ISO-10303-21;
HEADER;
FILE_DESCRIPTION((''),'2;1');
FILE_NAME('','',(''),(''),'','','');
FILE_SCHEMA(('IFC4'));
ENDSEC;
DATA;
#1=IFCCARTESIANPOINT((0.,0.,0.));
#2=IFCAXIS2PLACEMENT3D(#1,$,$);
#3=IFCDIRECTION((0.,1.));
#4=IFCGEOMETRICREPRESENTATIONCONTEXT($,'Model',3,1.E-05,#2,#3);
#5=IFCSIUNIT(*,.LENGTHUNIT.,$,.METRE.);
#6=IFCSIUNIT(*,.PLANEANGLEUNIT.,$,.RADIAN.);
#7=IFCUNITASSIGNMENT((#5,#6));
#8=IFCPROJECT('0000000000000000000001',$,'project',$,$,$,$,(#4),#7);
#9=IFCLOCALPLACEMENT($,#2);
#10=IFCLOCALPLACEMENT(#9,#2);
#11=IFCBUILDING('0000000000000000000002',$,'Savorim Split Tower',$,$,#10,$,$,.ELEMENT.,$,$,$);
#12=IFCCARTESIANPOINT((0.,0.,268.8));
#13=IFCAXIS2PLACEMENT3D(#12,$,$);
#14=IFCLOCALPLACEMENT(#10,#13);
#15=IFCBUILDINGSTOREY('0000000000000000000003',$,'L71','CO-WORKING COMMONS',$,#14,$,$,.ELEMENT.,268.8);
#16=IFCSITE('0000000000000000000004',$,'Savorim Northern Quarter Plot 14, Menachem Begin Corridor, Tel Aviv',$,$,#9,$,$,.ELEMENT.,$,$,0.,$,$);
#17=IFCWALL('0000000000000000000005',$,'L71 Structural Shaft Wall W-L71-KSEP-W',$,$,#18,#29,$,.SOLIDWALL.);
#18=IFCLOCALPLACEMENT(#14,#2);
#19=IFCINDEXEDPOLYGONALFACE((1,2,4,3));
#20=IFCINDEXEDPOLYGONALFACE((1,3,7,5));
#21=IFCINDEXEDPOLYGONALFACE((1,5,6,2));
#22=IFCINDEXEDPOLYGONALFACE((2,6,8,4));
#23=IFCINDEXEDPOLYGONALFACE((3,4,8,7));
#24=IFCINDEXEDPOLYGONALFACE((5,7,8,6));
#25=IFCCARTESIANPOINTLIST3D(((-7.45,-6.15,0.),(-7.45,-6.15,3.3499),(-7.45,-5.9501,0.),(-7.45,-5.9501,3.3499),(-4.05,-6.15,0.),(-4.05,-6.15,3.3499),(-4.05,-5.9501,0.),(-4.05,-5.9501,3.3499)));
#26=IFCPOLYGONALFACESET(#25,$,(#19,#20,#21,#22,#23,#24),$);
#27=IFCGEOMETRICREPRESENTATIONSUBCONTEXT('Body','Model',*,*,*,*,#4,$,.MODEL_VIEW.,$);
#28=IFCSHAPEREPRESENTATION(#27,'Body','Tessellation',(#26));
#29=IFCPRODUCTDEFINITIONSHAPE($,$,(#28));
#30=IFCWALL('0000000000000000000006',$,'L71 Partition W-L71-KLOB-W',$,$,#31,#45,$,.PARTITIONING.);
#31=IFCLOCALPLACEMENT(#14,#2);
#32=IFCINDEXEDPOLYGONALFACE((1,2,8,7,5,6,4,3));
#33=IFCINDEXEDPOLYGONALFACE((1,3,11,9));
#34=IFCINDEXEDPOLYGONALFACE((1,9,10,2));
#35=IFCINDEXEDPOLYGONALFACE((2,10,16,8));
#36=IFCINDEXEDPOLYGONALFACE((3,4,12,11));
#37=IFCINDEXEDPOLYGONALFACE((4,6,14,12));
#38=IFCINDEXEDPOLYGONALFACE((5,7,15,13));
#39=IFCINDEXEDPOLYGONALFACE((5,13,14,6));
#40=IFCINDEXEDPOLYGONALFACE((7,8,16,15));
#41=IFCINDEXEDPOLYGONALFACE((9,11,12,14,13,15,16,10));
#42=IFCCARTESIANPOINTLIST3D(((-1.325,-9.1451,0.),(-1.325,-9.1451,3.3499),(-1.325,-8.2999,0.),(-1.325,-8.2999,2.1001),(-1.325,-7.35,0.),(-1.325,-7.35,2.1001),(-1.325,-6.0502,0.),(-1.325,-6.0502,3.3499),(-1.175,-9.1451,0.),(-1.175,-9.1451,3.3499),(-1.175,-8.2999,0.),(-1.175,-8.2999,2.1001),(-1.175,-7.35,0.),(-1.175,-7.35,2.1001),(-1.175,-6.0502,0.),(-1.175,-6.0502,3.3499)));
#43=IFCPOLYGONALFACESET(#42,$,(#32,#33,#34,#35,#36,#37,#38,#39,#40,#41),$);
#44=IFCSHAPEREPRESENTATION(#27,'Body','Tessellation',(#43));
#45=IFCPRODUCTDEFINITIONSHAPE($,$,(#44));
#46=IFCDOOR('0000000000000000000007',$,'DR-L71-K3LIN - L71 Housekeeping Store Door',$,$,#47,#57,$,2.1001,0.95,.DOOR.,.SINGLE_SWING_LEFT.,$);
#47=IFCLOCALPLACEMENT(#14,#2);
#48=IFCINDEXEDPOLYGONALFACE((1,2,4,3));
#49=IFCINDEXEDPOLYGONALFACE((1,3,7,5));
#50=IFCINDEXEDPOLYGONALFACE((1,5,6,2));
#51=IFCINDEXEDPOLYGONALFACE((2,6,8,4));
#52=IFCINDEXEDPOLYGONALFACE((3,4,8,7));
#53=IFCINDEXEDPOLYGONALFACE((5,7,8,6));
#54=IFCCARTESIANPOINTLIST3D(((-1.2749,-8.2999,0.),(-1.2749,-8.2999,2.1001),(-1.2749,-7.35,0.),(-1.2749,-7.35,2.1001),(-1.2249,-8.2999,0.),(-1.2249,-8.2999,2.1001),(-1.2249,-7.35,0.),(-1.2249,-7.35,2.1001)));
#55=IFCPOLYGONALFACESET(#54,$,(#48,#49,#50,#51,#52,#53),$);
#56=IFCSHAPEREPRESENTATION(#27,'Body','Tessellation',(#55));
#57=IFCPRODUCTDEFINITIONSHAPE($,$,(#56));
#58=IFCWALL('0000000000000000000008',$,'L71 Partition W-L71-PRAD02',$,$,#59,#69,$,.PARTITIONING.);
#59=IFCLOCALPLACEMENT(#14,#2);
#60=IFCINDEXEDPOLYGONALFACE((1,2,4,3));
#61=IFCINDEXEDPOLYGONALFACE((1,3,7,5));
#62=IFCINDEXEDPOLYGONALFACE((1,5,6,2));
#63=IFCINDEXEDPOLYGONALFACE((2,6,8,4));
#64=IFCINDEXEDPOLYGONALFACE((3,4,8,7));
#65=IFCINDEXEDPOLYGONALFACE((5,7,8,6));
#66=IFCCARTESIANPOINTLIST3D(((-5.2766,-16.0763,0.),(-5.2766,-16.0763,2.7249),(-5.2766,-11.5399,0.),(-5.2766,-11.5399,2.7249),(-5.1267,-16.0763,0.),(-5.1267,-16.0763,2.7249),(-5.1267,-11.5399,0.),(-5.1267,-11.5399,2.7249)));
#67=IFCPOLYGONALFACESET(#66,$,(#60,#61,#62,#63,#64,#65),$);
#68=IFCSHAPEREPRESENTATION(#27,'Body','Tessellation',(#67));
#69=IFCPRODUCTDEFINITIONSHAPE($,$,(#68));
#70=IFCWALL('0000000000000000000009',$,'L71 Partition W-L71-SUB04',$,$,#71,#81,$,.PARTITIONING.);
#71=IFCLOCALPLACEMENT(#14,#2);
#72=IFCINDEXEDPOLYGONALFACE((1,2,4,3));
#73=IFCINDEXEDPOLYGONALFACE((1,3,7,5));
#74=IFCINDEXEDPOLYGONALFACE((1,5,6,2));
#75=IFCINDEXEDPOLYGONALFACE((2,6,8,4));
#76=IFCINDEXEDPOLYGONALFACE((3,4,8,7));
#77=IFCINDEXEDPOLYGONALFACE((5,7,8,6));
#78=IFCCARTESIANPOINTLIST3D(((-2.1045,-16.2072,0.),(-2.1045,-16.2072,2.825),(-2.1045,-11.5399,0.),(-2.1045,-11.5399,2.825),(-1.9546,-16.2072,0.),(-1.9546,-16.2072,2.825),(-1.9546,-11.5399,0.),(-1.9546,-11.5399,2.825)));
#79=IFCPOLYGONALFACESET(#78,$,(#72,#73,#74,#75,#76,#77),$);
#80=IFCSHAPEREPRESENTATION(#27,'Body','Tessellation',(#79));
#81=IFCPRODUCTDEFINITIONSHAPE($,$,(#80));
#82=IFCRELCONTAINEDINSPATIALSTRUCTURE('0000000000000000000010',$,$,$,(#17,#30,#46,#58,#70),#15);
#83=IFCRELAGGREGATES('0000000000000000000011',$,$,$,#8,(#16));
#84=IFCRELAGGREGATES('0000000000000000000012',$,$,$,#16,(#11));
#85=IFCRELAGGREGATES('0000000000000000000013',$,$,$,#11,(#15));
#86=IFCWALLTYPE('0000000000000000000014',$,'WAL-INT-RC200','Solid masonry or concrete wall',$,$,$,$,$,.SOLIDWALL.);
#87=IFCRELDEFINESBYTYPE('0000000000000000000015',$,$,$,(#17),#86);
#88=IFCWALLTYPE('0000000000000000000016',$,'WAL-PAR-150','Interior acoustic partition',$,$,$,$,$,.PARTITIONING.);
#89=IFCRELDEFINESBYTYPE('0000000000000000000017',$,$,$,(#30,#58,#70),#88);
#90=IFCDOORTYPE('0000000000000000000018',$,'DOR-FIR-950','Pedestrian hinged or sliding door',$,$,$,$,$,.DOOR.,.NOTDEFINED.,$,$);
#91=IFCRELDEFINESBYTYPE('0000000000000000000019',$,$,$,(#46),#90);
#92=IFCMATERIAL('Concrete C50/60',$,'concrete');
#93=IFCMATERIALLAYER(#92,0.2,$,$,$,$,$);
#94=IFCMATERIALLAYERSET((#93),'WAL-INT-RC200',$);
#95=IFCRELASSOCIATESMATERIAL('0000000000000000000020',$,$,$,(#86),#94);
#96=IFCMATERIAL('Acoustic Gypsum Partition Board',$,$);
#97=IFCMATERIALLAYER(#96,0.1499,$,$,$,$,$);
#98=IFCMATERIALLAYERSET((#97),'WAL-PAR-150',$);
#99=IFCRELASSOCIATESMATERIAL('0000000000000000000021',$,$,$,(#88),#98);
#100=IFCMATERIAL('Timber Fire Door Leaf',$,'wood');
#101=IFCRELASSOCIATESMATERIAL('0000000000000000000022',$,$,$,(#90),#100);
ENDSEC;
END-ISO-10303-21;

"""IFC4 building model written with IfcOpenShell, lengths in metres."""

from ifc_helpers import new_model, si_unit, direction, frame, frame_2d, origin, place, context, subcontext, project, spatial, rectangle, extrude, material, layer, layer_set, type_object, element, fill, save


model = new_model("IFC4")

# Units and contexts
model_context = context("Model", 3, precision=1e-05, world=origin(), true_north=direction((0.0, 1.0)))
body_context = subcontext(model_context, "Body", "Model", "MODEL_VIEW")
ifc_project = project(units=[si_unit("LENGTHUNIT", "METRE"), si_unit("PLANEANGLEUNIT", "RADIAN")], contexts=[model_context])

# Site, building, storey
site_placement = place(None, origin())
site = spatial("IfcSite", under=ifc_project, at=site_placement, Name="Savorim Northern Quarter Plot 14, Menachem Begin Corridor, Tel Aviv", CompositionType="ELEMENT", RefElevation=0.0)
building_placement = place(site_placement, origin())
building = spatial("IfcBuilding", under=site, at=building_placement, Name="Savorim Split Tower", CompositionType="ELEMENT")
storey_placement = place(building_placement, frame((0.0, 0.0, 268.8)))
storey = spatial("IfcBuildingStorey", under=building, at=storey_placement, Name="L71", Description="CO-WORKING COMMONS", CompositionType="ELEMENT", Elevation=268.8)

# Shared definitions
ifc_material_1 = material(Name="Timber Fire Door Leaf", Category="wood")

# Wall
ifc_material_2 = material(Name="Concrete C50/60", Category="concrete")
ifc_layer_1 = layer(ifc_material_2, 0.2)
ifc_layer_set_1 = layer_set([ifc_layer_1], Name="WAL-INT-RC200")
wall_type_1 = type_object("IfcWallType", Name="WAL-INT-RC200", Description="Solid masonry or concrete wall", PredefinedType="SOLIDWALL", material=ifc_layer_set_1)
wall_1_placement = place(storey_placement, frame((-7.45, -6.05, 0.0), z_axis=(0.0, 0.0, 1.0), x_axis=(1.0, 0.0, 0.0)))
element("IfcWall", 1, at=wall_1_placement, inside=storey, type_object=wall_type_1, Name="L71 Structural Shaft Wall W-L71-KSEP-W", PredefinedType="SOLIDWALL", context=body_context, shape_type="SweptSolid", body=[
    extrude(rectangle(XDim=3.3999, YDim=0.2, at=frame_2d((1.7, 0.0))), origin(), (0.0, 0.0, 1.0), 3.3499),
])

# Wall, opening, door
ifc_material_3 = material(Name="Acoustic Gypsum Partition Board")
ifc_layer_2 = layer(ifc_material_3, 0.1499)
ifc_layer_set_2 = layer_set([ifc_layer_2], Name="WAL-PAR-150")
wall_type_2 = type_object("IfcWallType", Name="WAL-PAR-150", Description="Interior acoustic partition", PredefinedType="PARTITIONING", material=ifc_layer_set_2)
wall_2_placement = place(storey_placement, frame((-1.25, -9.145, 0.0), z_axis=(0.0, 0.0, 1.0), x_axis=(0.0, 1.0, 0.0)))
wall_2 = element("IfcWall", 2, at=wall_2_placement, inside=storey, type_object=wall_type_2, Name="L71 Partition W-L71-KLOB-W", PredefinedType="PARTITIONING", context=body_context, shape_type="SweptSolid", body=[
    extrude(rectangle(XDim=3.095, YDim=0.1499, at=frame_2d((1.5474, 0.0))), origin(), (0.0, 0.0, 1.0), 3.3499),
])
opening_1_placement = place(wall_2_placement, frame((0.845, 0.0, 0.0)))
opening_1 = element("IfcOpeningElement", 3, at=opening_1_placement, cuts=wall_2, PredefinedType="OPENING", context=body_context, shape_type="SweptSolid", body=[
    extrude(rectangle(XDim=0.95, YDim=2.1001, at=frame_2d((0.4751, 1.05))), frame((0.0, 0.085, 0.0), z_axis=(0.0, -1.0, 0.0), x_axis=(1.0, 0.0, 0.0)), (0.0, 0.0, 1.0), 0.1699),
])
door_type_1 = type_object("IfcDoorType", Name="DOR-FIR-950", Description="Pedestrian hinged or sliding door", OperationType="NOTDEFINED", PredefinedType="DOOR", material=ifc_material_1)
door_1_placement = place(opening_1_placement, origin())
door_1 = element("IfcDoor", 4, at=door_1_placement, inside=storey, type_object=door_type_1, Name="DR-L71-K3LIN - L71 Housekeeping Store Door", OperationType="SINGLE_SWING_LEFT", OverallHeight=2.1001, OverallWidth=0.95, PredefinedType="DOOR", context=body_context, shape_type="SweptSolid", body=[
    extrude(rectangle(XDim=0.95, YDim=2.1001, at=frame_2d((0.4751, 1.05))), frame((0.0, 0.0249, 0.0), z_axis=(0.0, -1.0, 0.0), x_axis=(1.0, 0.0, 0.0)), (0.0, 0.0, 1.0), 0.05),
])
fill(opening_1, door_1)

# Walls
wall_3_placement = place(storey_placement, frame((-5.2017, -11.54, 0.0), z_axis=(0.0, 0.0, 1.0), x_axis=(0.0, -1.0, 0.0)))
element("IfcWall", 5, at=wall_3_placement, inside=storey, type_object=wall_type_2, Name="L71 Partition W-L71-PRAD02", PredefinedType="PARTITIONING", context=body_context, shape_type="SweptSolid", body=[
    extrude(rectangle(XDim=4.5364, YDim=0.1499, at=frame_2d((2.2681, 0.0))), origin(), (0.0, 0.0, 1.0), 2.7249),
])
wall_4_placement = place(storey_placement, frame((-2.0295, -11.54, 0.0), z_axis=(0.0, 0.0, 1.0), x_axis=(0.0, -1.0, 0.0)))
element("IfcWall", 6, at=wall_4_placement, inside=storey, type_object=wall_type_2, Name="L71 Partition W-L71-SUB04", PredefinedType="PARTITIONING", context=body_context, shape_type="SweptSolid", body=[
    extrude(rectangle(XDim=4.6672, YDim=0.1499, at=frame_2d((2.3335, 0.0))), origin(), (0.0, 0.0, 1.0), 2.825),
])

save(model, "model.ifc")
